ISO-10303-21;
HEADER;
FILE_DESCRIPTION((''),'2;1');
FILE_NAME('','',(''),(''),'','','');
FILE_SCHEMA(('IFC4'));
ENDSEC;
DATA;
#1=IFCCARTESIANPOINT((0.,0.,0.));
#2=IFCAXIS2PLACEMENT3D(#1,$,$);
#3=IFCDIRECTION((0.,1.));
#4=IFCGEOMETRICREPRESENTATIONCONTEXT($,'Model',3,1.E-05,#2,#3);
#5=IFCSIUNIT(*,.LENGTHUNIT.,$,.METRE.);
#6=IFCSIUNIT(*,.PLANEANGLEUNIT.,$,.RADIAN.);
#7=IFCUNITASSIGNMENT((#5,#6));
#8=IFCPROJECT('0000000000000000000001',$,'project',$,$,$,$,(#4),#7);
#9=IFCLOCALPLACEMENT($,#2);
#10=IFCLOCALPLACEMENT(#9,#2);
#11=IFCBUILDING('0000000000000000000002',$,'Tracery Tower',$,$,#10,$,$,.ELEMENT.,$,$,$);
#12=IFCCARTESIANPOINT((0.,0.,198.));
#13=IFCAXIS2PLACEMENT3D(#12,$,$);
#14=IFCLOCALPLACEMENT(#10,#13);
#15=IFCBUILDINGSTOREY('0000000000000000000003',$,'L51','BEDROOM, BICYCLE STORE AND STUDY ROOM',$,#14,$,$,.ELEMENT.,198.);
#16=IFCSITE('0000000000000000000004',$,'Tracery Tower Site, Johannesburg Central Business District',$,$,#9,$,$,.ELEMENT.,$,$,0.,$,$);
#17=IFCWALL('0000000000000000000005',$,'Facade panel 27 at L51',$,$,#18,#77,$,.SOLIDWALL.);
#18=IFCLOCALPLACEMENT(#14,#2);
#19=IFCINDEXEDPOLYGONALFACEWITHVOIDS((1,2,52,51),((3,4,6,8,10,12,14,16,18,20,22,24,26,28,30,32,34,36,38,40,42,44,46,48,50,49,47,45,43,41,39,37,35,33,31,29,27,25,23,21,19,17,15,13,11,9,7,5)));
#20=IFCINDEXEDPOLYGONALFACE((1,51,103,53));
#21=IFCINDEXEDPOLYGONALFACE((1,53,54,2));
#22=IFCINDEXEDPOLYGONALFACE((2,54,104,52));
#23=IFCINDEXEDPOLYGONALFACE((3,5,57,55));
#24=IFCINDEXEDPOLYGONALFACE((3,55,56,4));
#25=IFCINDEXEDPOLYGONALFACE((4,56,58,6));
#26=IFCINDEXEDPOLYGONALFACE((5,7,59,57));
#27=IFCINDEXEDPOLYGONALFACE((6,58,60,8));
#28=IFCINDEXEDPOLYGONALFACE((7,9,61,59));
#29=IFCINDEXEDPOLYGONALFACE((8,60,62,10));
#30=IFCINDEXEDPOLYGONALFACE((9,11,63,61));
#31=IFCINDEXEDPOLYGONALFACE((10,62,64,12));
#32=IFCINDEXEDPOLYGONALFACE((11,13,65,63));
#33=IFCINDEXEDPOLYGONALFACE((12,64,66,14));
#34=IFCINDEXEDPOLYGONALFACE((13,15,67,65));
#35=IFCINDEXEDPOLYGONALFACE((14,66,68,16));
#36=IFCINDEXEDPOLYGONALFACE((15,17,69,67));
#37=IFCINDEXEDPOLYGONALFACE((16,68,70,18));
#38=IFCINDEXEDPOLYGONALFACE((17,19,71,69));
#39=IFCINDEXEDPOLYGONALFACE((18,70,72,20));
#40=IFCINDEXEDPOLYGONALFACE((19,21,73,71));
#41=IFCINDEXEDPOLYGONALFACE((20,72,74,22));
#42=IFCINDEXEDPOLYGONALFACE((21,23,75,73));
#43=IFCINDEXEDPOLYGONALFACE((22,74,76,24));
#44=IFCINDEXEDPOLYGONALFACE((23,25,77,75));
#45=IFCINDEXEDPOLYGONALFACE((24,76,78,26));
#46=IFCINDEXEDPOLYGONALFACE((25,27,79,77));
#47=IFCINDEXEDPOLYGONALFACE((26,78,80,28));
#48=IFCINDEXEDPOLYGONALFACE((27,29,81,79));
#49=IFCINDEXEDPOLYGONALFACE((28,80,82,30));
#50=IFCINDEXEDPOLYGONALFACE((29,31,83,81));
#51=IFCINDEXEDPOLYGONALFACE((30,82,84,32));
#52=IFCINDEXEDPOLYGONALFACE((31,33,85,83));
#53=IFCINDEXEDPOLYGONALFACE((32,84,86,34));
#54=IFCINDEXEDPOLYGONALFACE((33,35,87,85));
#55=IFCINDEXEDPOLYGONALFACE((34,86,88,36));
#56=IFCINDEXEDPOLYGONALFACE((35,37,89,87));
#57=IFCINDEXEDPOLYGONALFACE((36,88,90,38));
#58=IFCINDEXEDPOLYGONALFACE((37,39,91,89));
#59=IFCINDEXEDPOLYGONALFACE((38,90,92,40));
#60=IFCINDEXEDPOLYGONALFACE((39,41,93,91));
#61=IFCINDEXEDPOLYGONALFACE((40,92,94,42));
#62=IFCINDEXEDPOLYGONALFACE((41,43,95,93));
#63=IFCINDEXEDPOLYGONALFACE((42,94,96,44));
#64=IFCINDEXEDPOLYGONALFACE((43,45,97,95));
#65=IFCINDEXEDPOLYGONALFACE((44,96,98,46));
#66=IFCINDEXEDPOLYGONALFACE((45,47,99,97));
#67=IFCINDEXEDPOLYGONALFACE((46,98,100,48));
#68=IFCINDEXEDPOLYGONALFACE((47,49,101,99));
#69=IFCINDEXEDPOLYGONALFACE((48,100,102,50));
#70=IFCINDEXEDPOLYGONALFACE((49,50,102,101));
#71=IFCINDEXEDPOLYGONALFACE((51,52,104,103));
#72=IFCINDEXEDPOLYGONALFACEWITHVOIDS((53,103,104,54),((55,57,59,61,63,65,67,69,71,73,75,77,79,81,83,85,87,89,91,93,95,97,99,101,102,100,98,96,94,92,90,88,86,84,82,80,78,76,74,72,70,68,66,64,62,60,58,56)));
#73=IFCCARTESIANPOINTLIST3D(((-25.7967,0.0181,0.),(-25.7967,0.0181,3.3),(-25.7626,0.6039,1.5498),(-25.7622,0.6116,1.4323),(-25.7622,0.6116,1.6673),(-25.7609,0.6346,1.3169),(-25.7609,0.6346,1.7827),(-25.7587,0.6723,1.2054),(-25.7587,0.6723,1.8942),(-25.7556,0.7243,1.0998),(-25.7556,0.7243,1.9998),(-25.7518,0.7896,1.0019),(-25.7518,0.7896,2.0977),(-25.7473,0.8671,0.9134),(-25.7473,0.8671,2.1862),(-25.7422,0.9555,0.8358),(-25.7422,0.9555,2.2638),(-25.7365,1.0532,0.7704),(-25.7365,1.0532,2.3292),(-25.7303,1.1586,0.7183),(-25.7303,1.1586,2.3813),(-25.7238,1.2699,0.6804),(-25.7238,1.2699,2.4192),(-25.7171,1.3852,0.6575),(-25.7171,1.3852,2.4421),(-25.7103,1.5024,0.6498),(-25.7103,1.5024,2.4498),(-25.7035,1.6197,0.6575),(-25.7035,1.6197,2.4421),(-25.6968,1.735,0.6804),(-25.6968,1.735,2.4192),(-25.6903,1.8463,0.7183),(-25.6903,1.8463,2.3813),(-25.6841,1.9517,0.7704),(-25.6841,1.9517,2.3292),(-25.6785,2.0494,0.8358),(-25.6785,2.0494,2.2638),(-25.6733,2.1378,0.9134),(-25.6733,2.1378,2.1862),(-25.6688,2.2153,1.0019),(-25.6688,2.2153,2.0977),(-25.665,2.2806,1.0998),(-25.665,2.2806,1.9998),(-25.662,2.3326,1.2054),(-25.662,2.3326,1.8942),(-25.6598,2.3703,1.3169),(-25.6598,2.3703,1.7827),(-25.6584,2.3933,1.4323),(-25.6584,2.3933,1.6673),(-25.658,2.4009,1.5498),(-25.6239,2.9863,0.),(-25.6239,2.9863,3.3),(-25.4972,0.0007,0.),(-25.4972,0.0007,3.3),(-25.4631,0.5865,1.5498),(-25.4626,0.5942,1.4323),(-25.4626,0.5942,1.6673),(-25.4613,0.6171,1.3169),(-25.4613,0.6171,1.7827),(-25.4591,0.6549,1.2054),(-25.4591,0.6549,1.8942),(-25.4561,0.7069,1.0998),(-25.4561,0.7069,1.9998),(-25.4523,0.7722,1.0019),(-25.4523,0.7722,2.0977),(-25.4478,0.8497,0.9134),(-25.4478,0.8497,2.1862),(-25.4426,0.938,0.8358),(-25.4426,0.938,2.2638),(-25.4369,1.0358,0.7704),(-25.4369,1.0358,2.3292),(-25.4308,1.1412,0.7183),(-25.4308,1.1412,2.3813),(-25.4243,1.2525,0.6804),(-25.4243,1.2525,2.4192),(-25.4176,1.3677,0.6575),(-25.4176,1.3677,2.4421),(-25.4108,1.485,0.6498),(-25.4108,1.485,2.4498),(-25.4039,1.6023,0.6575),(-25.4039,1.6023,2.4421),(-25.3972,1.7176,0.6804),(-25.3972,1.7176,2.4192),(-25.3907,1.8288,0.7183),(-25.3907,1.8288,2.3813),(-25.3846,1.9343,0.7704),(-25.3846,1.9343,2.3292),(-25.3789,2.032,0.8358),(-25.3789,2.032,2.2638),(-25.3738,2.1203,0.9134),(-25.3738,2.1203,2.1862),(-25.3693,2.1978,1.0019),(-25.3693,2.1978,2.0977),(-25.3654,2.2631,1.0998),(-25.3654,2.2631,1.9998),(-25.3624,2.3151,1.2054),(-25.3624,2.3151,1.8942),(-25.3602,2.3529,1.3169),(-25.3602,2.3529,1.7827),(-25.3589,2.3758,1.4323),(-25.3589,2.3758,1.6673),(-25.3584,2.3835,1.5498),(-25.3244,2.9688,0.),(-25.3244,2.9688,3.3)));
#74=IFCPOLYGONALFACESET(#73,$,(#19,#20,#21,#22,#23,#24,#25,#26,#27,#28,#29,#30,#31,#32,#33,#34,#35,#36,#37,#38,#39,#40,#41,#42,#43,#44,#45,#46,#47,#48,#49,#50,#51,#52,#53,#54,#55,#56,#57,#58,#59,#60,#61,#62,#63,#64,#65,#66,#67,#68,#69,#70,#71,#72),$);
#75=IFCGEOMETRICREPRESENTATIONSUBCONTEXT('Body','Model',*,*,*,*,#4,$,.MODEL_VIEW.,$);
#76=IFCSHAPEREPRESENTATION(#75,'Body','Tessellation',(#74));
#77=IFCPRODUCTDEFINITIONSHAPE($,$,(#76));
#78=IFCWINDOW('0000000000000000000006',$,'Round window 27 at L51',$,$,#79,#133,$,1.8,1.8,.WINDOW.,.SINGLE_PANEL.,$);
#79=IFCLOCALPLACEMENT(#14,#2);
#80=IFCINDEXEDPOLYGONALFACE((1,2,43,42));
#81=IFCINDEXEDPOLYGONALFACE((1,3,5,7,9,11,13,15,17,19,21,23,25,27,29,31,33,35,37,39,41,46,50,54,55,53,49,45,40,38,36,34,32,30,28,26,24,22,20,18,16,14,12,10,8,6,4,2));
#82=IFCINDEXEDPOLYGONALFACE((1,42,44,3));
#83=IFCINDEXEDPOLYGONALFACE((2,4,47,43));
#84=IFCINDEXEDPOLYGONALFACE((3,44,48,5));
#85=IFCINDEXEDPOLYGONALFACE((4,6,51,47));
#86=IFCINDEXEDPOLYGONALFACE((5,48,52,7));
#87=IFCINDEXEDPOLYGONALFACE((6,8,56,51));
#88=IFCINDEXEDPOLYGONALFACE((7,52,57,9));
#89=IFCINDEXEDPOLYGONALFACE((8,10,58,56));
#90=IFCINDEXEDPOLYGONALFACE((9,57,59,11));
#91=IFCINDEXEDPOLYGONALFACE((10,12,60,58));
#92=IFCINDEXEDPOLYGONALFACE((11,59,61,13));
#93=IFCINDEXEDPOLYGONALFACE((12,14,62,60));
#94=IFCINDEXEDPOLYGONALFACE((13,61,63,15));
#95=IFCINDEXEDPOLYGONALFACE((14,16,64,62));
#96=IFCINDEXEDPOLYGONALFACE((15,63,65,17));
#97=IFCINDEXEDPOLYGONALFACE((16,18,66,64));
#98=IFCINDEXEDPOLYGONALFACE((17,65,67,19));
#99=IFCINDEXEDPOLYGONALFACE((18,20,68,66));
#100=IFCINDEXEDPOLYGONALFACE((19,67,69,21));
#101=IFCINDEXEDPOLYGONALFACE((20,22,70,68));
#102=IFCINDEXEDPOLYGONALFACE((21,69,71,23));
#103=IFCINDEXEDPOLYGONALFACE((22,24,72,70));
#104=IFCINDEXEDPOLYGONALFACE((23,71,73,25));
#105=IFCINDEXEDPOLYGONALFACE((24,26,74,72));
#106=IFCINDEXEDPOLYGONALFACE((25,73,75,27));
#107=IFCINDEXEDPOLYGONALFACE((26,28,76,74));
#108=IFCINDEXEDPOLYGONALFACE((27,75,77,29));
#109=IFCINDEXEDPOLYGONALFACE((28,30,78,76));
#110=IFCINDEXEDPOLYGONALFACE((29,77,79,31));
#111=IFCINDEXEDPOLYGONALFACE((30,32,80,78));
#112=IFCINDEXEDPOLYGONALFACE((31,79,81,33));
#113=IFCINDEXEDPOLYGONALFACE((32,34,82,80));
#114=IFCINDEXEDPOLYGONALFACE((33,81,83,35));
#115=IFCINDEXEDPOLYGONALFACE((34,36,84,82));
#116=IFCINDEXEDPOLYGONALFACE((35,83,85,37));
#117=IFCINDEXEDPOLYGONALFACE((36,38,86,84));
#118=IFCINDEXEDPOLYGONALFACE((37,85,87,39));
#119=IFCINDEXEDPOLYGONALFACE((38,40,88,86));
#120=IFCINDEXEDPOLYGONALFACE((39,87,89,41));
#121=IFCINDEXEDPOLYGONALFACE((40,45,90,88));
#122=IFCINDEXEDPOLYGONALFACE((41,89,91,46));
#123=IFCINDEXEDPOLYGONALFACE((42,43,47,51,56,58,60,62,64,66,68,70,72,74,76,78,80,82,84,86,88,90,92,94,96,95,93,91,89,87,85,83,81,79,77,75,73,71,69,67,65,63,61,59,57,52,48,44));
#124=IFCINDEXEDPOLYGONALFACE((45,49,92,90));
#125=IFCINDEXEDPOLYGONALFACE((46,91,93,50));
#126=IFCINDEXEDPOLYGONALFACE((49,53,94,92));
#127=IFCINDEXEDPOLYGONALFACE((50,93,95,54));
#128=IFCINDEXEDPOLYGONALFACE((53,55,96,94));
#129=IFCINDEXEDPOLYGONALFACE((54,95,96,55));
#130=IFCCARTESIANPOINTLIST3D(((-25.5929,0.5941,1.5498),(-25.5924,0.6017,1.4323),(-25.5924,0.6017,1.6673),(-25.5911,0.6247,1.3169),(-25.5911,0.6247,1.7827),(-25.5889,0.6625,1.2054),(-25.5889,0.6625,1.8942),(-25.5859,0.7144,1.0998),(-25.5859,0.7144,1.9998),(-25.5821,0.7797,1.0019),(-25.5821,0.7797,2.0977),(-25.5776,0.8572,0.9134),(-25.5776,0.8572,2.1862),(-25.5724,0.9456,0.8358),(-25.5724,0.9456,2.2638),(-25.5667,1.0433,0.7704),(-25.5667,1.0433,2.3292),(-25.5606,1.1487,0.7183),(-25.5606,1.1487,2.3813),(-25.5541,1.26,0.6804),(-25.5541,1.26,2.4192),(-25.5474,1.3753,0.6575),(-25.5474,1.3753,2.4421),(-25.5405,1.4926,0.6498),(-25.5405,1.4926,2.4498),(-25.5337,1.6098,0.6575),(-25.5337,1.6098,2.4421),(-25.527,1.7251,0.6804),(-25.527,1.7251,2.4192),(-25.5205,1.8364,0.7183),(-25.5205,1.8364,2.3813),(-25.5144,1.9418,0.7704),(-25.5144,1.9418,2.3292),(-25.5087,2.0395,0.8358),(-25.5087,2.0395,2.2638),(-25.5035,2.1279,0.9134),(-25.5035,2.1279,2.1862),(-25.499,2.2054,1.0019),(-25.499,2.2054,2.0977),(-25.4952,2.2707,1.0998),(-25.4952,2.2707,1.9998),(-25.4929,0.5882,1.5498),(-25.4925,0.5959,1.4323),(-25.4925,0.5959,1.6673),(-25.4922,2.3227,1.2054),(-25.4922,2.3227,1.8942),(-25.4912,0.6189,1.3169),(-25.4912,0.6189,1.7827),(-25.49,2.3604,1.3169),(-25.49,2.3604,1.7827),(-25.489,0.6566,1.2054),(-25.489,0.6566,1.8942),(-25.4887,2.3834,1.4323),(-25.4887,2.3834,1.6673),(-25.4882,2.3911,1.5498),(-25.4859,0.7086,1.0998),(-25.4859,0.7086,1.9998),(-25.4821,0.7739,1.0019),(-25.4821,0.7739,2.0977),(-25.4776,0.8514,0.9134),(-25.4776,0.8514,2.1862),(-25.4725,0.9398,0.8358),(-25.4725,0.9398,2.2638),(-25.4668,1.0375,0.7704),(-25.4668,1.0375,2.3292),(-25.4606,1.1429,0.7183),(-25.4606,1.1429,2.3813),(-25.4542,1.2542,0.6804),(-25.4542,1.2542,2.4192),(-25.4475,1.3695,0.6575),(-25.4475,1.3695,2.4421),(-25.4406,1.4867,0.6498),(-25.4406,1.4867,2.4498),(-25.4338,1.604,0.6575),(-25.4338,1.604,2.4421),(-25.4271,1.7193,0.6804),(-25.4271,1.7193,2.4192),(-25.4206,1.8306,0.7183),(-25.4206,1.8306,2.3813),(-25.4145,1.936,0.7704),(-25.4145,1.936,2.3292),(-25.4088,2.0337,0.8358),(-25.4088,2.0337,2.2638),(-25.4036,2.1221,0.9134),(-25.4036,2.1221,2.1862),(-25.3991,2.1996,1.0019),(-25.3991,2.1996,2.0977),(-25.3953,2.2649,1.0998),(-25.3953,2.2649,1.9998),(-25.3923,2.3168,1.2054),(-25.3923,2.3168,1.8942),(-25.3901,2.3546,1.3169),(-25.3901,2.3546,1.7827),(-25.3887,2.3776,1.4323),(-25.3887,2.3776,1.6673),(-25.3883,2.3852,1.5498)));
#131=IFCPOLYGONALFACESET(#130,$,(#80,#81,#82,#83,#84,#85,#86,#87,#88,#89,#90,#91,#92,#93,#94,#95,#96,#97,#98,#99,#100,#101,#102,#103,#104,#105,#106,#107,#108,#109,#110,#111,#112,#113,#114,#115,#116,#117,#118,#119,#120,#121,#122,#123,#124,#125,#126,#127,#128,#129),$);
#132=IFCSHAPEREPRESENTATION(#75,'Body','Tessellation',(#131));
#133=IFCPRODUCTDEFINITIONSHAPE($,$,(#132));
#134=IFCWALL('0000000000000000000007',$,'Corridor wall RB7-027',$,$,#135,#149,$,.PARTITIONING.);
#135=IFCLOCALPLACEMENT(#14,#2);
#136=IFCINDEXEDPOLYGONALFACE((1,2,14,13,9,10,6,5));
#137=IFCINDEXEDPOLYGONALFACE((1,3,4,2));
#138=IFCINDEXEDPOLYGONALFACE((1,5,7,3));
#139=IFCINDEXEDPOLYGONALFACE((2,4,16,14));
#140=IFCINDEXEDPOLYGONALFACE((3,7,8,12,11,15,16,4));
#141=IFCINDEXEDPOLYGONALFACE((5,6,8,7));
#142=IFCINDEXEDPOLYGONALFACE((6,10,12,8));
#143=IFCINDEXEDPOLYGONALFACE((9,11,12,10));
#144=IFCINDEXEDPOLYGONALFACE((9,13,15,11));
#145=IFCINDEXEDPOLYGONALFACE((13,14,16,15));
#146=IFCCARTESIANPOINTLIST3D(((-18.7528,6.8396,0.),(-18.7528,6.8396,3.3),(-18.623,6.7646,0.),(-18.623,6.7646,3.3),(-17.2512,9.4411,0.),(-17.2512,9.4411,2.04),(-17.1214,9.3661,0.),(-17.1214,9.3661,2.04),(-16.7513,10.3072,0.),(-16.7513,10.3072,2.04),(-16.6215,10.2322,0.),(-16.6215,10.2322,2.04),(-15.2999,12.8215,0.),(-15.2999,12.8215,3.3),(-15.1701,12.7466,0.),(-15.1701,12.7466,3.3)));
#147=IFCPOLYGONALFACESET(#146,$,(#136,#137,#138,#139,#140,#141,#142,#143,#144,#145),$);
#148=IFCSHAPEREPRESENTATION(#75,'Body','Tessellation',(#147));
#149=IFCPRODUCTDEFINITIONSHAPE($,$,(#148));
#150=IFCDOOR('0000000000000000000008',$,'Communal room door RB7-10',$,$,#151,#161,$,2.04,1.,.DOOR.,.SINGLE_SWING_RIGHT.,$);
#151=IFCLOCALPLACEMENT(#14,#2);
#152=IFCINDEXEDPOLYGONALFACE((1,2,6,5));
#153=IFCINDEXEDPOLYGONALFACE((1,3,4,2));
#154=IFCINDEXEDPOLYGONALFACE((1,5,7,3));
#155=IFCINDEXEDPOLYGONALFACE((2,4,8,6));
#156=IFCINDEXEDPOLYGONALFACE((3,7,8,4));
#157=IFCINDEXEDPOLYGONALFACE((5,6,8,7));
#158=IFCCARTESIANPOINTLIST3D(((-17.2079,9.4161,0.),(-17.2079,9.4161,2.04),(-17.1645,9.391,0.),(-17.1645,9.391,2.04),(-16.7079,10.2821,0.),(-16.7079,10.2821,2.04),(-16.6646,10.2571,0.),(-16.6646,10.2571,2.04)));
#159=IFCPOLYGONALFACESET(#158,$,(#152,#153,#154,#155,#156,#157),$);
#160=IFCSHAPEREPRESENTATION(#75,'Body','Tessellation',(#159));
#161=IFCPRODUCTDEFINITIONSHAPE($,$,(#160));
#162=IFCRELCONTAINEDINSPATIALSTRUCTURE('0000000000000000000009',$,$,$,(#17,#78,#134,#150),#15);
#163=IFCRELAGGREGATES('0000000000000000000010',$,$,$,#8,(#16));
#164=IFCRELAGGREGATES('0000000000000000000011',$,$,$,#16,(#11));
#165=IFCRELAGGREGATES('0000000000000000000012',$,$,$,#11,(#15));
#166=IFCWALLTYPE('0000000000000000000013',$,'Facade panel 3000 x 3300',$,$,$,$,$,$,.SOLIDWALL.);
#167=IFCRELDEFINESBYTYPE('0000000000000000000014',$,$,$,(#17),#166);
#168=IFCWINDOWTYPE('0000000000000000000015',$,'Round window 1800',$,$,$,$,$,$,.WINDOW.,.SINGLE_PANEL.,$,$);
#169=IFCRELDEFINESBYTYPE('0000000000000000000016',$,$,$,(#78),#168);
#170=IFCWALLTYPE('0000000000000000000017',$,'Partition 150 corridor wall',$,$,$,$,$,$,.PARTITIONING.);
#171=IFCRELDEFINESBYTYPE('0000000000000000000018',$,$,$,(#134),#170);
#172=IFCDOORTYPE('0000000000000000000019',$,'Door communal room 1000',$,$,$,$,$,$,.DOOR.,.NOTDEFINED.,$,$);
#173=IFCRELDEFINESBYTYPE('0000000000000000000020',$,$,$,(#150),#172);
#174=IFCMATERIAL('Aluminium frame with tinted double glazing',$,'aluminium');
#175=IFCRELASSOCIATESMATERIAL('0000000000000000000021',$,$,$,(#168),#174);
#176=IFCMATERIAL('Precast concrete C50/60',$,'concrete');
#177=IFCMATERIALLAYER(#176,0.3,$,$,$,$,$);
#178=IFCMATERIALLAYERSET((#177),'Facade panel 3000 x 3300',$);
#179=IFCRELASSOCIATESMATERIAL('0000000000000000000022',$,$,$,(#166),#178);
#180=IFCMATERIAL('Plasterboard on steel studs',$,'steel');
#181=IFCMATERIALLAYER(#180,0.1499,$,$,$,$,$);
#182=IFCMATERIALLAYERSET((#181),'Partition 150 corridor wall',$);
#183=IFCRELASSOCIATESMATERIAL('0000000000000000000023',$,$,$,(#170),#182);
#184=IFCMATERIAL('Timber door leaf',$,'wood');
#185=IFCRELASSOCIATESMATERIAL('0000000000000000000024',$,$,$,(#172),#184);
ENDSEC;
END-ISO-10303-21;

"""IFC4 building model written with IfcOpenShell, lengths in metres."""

from ifc_helpers import new_model, si_unit, direction, frame, frame_2d, origin, origin_2d, place, context, subcontext, project, spatial, rectangle, circle, extrude, material, layer, layer_set, type_object, element, fill, save


model = new_model("IFC4")

# Units and contexts
model_context = context("Model", 3, precision=1e-05, world=origin(), true_north=direction((0.0, 1.0)))
body_context = subcontext(model_context, "Body", "Model", "MODEL_VIEW")
ifc_project = project(units=[si_unit("LENGTHUNIT", "METRE"), si_unit("PLANEANGLEUNIT", "RADIAN")], contexts=[model_context])

# Site, building, storey
site_placement = place(None, origin())
site = spatial("IfcSite", under=ifc_project, at=site_placement, Name="Tracery Tower Site, Johannesburg Central Business District", CompositionType="ELEMENT", RefElevation=0.0)
building_placement = place(site_placement, origin())
building = spatial("IfcBuilding", under=site, at=building_placement, Name="Tracery Tower", CompositionType="ELEMENT")
storey_placement = place(building_placement, frame((0.0, 0.0, 198.0)))
storey = spatial("IfcBuildingStorey", under=building, at=storey_placement, Name="L51", Description="BEDROOM, BICYCLE STORE AND STUDY ROOM", CompositionType="ELEMENT", Elevation=198.0)

# Wall, opening, window
ifc_material_1 = material(Name="Aluminium frame with tinted double glazing", Category="aluminium")
window_type = type_object("IfcWindowType", Name="Round window 1800", PartitioningType="SINGLE_PANEL", PredefinedType="WINDOW", material=ifc_material_1)
ifc_material_2 = material(Name="Precast concrete C50/60", Category="concrete")
ifc_layer_1 = layer(ifc_material_2, 0.3)
ifc_layer_set_1 = layer_set([ifc_layer_1], Name="Facade panel 3000 x 3300")
wall_type_1 = type_object("IfcWallType", Name="Facade panel 3000 x 3300", PredefinedType="SOLIDWALL", material=ifc_layer_set_1)
wall_1_placement = place(storey_placement, frame((-25.4741, 2.9775, 0.0), z_axis=(0.0, 0.0, 1.0), x_axis=(-0.05814, -0.998308, 0.0)))
wall_1 = element("IfcWall", 1, at=wall_1_placement, inside=storey, type_object=wall_type_1, Name="Facade panel 27 at L51", PredefinedType="SOLIDWALL", context=body_context, shape_type="SweptSolid", body=[
    extrude(rectangle(XDim=2.9731, YDim=0.3, at=frame_2d((1.4866, 0.0))), origin(), (0.0, 0.0, 1.0), 3.3),
])
opening_1_placement = place(wall_1_placement, frame((1.4863, 0.0, 1.5498)))
opening_1 = element("IfcOpeningElement", 2, at=opening_1_placement, cuts=wall_1, PredefinedType="OPENING", context=body_context, shape_type="SweptSolid", body=[
    extrude(circle(Radius=0.9, at=origin_2d()), frame((0.0, 0.1599, 0.0), z_axis=(0.0, -1.0, 0.0), x_axis=(1.0, 0.0, 0.0)), (0.0, 0.0, 1.0), 0.3201),
])
window_1_placement = place(opening_1_placement, origin())
window_1 = element("IfcWindow", 3, at=window_1_placement, inside=storey, type_object=window_type, Name="Round window 27 at L51", OverallHeight=1.8, OverallWidth=1.8, PartitioningType="SINGLE_PANEL", PredefinedType="WINDOW", context=body_context, shape_type="SweptSolid", body=[
    extrude(circle(Radius=0.9, at=origin_2d()), frame((0.0, 0.1201, 0.0), z_axis=(0.0, -1.0, 0.0), x_axis=(1.0, 0.0, 0.0)), (0.0, 0.0, 1.0), 0.1001),
])
fill(opening_1, window_1)

# Wall, opening, door
ifc_material_3 = material(Name="Plasterboard on steel studs", Category="steel")
ifc_layer_2 = layer(ifc_material_3, 0.1499)
ifc_layer_set_2 = layer_set([ifc_layer_2], Name="Partition 150 corridor wall")
wall_type_2 = type_object("IfcWallType", Name="Partition 150 corridor wall", PredefinedType="PARTITIONING", material=ifc_layer_set_2)
wall_2_placement = place(storey_placement, frame((-18.688, 6.802, 0.0), z_axis=(0.0, 0.0, 1.0), x_axis=(0.499914, 0.866075, 0.0)))
wall_2 = element("IfcWall", 4, at=wall_2_placement, inside=storey, type_object=wall_type_2, Name="Corridor wall RB7-027", PredefinedType="PARTITIONING", context=body_context, shape_type="SweptSolid", body=[
    extrude(rectangle(XDim=6.907, YDim=0.1499, at=frame_2d((3.4536, 0.0))), origin(), (0.0, 0.0, 1.0), 3.3),
])
opening_2_placement = place(wall_2_placement, frame((3.0039, 0.0, 0.0)))
opening_2 = element("IfcOpeningElement", 5, at=opening_2_placement, cuts=wall_2, PredefinedType="OPENING", context=body_context, shape_type="SweptSolid", body=[
    extrude(rectangle(XDim=1.0, YDim=2.04, at=frame_2d((0.5, 1.02))), frame((0.0, 0.075, 0.0), z_axis=(0.0, -1.0, 0.0), x_axis=(1.0, 0.0, 0.0)), (0.0, 0.0, 1.0), 0.1499),
])
ifc_material_4 = material(Name="Timber door leaf", Category="wood")
door_type_1 = type_object("IfcDoorType", Name="Door communal room 1000", OperationType="NOTDEFINED", PredefinedType="DOOR", material=ifc_material_4)
door_1_placement = place(opening_2_placement, origin())
door_1 = element("IfcDoor", 6, at=door_1_placement, inside=storey, type_object=door_type_1, Name="Communal room door RB7-10", OperationType="SINGLE_SWING_RIGHT", OverallHeight=2.04, OverallWidth=1.0, PredefinedType="DOOR", context=body_context, shape_type="SweptSolid", body=[
    extrude(rectangle(XDim=1.0, YDim=2.04, at=frame_2d((0.5, 1.02))), frame((0.0, 0.0249, 0.0), z_axis=(0.0, -1.0, 0.0), x_axis=(1.0, 0.0, 0.0)), (0.0, 0.0, 1.0), 0.05),
])
fill(opening_2, door_1)

save(model, "model.ifc")
